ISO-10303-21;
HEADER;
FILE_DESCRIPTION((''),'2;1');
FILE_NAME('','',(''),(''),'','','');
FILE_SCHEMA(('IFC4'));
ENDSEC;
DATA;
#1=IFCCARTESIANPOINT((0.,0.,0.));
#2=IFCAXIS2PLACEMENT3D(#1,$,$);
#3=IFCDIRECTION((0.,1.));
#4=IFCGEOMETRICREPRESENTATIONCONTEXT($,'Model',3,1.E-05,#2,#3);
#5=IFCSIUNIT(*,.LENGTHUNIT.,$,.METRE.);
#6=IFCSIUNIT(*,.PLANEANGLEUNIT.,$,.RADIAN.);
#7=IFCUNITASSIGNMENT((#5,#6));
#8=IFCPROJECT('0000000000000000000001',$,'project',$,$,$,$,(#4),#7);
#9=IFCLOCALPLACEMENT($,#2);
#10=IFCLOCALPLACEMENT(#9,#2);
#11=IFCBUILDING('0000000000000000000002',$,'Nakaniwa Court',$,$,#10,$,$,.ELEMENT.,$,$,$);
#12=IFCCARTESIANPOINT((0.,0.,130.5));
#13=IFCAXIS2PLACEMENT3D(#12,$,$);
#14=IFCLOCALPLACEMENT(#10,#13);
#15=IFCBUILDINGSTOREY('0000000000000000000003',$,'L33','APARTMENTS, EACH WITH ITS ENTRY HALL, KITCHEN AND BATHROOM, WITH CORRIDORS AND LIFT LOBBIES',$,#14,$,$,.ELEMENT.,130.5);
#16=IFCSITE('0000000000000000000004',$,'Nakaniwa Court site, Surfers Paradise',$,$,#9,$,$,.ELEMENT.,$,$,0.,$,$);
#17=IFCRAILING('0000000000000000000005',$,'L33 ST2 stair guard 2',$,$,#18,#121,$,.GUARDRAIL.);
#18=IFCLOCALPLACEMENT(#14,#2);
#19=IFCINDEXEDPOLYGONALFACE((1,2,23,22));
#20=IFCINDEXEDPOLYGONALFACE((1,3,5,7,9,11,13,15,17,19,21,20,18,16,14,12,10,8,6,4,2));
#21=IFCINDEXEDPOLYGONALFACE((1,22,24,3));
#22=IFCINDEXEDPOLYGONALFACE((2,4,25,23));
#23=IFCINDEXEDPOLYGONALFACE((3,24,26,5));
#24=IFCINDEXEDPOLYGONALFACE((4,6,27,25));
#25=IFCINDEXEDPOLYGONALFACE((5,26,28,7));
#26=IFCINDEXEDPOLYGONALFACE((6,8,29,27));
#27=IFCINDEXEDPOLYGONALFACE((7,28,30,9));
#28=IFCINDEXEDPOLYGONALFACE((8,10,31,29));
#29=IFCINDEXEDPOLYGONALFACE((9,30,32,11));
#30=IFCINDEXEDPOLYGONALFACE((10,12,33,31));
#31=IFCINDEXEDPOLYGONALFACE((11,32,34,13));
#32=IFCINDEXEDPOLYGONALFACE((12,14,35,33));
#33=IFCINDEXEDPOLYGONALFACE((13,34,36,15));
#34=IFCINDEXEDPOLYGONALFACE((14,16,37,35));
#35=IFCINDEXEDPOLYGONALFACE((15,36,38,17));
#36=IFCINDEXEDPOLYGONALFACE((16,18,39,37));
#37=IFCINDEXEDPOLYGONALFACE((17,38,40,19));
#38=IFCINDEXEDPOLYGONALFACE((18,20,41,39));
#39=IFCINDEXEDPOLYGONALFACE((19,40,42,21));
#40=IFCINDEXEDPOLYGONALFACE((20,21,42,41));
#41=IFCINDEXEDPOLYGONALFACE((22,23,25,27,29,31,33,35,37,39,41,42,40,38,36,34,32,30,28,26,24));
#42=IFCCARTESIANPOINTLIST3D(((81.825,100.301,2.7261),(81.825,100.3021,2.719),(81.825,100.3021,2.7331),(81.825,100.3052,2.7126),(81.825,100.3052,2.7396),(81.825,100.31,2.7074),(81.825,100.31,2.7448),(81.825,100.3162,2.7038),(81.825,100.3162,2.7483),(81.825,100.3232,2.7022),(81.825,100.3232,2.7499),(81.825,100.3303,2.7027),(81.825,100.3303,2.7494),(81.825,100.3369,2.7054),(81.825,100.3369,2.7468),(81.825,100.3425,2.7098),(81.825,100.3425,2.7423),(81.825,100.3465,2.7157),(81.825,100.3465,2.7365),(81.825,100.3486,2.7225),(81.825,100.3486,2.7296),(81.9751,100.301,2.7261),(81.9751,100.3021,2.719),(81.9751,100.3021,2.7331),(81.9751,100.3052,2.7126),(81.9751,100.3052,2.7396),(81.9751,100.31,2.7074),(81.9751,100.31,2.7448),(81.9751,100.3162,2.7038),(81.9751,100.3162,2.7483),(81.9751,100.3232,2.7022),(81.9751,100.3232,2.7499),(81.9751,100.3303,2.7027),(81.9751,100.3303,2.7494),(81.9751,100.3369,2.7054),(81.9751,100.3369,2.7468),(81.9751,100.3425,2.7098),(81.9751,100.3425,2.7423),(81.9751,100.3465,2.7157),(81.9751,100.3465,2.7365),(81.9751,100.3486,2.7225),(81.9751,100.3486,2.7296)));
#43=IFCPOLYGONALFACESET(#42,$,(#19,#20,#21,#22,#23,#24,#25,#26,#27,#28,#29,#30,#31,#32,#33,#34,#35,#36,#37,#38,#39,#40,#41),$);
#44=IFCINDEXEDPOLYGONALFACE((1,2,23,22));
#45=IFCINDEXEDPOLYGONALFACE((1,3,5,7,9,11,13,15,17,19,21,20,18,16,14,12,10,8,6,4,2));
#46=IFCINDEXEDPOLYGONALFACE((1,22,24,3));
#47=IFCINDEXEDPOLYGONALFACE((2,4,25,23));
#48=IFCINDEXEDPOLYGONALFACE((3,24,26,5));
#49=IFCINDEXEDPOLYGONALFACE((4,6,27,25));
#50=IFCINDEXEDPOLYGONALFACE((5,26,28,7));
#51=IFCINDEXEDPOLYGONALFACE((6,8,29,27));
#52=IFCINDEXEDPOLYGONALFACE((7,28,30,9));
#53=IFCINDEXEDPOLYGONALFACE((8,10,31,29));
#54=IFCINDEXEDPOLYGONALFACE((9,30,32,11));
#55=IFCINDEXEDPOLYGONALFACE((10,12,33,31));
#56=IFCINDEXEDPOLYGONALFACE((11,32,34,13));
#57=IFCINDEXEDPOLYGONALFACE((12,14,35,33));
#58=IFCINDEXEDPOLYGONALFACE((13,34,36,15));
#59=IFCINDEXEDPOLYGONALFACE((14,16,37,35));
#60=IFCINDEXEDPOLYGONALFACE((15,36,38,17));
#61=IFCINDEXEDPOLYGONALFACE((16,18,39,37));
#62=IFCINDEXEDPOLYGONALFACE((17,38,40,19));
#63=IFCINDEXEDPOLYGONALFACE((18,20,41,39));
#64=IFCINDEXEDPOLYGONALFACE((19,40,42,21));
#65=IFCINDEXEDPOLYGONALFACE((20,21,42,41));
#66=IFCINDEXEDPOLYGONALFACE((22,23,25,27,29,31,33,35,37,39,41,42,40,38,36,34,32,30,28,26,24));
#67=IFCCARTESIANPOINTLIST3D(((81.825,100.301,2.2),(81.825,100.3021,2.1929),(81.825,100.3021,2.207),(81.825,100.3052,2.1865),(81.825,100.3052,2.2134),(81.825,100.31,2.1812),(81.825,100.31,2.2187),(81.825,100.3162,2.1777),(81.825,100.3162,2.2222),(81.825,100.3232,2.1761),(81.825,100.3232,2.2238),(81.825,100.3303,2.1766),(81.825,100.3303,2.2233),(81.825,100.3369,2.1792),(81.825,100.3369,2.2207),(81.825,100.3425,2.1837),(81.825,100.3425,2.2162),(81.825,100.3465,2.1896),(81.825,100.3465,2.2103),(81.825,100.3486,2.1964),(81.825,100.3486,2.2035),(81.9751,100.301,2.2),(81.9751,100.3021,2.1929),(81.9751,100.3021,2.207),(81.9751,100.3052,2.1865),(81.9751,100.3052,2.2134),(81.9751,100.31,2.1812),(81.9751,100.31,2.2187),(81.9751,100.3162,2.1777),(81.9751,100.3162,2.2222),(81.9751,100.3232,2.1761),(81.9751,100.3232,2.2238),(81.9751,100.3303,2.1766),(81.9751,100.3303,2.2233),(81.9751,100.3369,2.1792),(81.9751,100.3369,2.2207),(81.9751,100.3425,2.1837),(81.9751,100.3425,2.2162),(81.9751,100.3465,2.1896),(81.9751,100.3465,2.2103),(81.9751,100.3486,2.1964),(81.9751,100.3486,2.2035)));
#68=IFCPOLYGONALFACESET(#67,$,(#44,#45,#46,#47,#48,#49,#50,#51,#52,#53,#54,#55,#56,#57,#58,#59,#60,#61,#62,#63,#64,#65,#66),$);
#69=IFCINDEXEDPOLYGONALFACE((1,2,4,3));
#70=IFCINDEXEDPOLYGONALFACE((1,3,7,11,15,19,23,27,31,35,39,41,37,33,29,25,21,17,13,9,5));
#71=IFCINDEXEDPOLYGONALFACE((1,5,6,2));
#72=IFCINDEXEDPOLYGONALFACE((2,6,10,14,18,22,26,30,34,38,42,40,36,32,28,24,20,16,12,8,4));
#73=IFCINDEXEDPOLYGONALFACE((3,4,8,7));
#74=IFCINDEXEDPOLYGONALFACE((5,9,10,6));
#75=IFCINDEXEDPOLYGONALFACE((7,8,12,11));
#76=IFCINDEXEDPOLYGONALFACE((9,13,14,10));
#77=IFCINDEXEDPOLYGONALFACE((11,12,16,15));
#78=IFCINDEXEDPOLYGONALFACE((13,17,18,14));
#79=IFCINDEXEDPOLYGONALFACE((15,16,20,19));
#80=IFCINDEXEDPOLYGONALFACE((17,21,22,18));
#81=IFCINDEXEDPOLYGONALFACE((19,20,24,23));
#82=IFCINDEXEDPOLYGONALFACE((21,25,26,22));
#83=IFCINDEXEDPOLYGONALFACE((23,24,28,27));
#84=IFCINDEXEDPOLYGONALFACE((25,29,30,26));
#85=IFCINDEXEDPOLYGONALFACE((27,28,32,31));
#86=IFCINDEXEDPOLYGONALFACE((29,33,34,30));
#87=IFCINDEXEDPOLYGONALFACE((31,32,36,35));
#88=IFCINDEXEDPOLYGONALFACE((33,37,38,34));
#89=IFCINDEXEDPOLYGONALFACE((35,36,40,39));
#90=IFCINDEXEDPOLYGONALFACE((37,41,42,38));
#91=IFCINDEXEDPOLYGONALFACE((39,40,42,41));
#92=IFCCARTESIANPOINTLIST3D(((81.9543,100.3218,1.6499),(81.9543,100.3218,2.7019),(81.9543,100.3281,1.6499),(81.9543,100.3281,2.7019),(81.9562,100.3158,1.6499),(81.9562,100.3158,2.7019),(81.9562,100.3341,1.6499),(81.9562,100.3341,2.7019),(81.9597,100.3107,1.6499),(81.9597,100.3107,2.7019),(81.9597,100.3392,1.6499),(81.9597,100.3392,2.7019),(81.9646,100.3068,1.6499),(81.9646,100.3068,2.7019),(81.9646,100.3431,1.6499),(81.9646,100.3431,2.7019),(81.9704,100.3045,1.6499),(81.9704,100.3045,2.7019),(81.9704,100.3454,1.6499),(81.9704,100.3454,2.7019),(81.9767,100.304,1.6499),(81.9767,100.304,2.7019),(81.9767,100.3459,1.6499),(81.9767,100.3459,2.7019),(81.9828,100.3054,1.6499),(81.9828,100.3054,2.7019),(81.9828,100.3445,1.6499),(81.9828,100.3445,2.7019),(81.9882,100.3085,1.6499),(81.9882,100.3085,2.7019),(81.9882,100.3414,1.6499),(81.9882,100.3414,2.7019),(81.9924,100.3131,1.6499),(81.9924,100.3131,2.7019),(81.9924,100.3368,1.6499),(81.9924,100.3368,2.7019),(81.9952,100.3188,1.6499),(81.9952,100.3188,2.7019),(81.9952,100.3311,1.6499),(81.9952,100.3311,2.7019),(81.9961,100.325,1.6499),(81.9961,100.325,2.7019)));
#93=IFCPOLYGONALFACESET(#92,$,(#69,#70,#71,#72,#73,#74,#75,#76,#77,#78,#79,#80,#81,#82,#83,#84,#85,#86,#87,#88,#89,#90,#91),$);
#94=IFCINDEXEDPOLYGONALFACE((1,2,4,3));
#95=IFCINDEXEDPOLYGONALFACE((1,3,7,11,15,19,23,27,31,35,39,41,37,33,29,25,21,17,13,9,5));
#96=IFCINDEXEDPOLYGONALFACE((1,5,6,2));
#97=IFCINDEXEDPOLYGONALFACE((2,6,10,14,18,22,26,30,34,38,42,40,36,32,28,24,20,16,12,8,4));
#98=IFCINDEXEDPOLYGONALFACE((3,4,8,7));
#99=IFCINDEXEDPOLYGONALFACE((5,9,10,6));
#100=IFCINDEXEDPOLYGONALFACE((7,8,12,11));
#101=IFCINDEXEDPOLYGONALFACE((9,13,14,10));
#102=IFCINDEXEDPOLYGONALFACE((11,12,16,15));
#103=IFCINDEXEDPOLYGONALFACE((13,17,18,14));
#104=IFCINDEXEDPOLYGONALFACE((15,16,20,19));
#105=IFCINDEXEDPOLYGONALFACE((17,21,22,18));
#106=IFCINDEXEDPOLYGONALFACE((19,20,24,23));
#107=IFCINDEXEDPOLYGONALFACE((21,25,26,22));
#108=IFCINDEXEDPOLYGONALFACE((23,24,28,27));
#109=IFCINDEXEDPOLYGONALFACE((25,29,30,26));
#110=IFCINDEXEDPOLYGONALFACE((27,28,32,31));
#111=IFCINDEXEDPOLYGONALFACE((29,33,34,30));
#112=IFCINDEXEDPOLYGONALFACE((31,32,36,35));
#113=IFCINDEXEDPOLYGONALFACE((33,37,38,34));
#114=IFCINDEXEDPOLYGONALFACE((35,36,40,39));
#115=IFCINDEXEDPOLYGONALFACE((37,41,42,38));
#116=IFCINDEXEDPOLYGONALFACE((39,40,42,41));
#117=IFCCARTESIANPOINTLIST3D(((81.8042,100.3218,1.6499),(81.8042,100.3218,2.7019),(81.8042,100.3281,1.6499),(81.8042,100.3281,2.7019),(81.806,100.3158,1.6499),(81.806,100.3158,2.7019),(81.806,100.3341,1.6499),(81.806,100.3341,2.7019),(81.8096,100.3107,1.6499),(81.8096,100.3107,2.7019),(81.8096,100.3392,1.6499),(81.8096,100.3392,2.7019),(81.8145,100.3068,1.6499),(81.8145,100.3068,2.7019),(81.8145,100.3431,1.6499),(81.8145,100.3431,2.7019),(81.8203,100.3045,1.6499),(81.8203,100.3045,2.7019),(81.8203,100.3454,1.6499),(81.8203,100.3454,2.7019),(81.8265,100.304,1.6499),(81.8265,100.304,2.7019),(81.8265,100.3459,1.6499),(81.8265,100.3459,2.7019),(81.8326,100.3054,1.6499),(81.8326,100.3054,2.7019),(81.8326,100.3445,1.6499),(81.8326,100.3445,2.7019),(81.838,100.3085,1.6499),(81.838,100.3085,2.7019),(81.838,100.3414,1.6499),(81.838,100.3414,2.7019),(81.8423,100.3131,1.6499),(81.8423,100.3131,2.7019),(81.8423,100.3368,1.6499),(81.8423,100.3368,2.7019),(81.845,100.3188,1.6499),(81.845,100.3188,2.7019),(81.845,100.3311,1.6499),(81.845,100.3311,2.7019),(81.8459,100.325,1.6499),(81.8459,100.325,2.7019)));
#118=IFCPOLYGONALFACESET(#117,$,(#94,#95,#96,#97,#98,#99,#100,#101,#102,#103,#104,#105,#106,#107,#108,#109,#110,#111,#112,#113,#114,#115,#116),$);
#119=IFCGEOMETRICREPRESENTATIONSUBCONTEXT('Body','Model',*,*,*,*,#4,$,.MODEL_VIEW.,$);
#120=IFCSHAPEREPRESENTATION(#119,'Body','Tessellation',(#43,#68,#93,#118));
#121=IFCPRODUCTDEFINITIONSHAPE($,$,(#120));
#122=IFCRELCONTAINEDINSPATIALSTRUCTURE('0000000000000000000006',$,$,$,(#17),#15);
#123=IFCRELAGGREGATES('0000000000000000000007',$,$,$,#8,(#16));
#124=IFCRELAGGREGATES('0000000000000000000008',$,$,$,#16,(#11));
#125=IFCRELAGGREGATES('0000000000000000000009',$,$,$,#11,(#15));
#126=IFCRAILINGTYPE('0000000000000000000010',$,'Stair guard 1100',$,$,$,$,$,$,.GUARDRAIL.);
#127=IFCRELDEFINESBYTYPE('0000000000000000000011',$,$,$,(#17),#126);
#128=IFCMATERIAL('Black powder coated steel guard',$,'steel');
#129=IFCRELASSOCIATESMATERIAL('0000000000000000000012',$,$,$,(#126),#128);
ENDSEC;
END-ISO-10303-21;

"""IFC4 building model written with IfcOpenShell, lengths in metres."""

from ifc_helpers import new_model, si_unit, direction, frame, origin, origin_2d, place, context, subcontext, project, spatial, circle, extrude, material, type_object, element, save


model = new_model("IFC4")

# Units and contexts
model_context = context("Model", 3, precision=1e-05, world=origin(), true_north=direction((0.0, 1.0)))
body_context = subcontext(model_context, "Body", "Model", "MODEL_VIEW")
ifc_project = project(units=[si_unit("LENGTHUNIT", "METRE"), si_unit("PLANEANGLEUNIT", "RADIAN")], contexts=[model_context])

# Site, building, storey
site_placement = place(None, origin())
site = spatial("IfcSite", under=ifc_project, at=site_placement, Name="Nakaniwa Court site, Surfers Paradise", CompositionType="ELEMENT", RefElevation=0.0)
building_placement = place(site_placement, origin())
building = spatial("IfcBuilding", under=site, at=building_placement, Name="Nakaniwa Court", CompositionType="ELEMENT")
storey_placement = place(building_placement, frame((0.0, 0.0, 130.5)))
storey = spatial("IfcBuildingStorey", under=building, at=storey_placement, Name="L33", Description="APARTMENTS, EACH WITH ITS ENTRY HALL, KITCHEN AND BATHROOM, WITH CORRIDORS AND LIFT LOBBIES", CompositionType="ELEMENT", Elevation=130.5)

# Railing
ifc_material_1 = material(Name="Black powder coated steel guard", Category="steel")
railing_type_1 = type_object("IfcRailingType", Name="Stair guard 1100", PredefinedType="GUARDRAIL", material=ifc_material_1)
railing_1_placement = place(storey_placement, frame((81.9751, 100.325, 1.6499)))
element("IfcRailing", 1, at=railing_1_placement, inside=storey, type_object=railing_type_1, Name="L33 ST2 stair guard 2", PredefinedType="GUARDRAIL", context=body_context, shape_type="SweptSolid", body=[
    extrude(circle(Radius=0.0239, at=origin_2d()), frame((0.0, 0.0, 1.0762), z_axis=(-1.0, 0.0, 0.0), x_axis=(0.0, -1.0, 0.0)), (0.0, 0.0, 1.0), 0.1501),
    extrude(circle(Radius=0.0239, at=origin_2d()), frame((0.0, 0.0, 0.55), z_axis=(-1.0, 0.0, 0.0), x_axis=(0.0, -1.0, 0.0)), (0.0, 0.0, 1.0), 0.1501),
    extrude(circle(Radius=0.021, at=origin_2d()), origin(), (0.0, 0.0, 1.0), 1.052),
    extrude(circle(Radius=0.021, at=origin_2d()), frame((-0.1501, 0.0, 0.0)), (0.0, 0.0, 1.0), 1.052),
])

save(model, "model.ifc")
